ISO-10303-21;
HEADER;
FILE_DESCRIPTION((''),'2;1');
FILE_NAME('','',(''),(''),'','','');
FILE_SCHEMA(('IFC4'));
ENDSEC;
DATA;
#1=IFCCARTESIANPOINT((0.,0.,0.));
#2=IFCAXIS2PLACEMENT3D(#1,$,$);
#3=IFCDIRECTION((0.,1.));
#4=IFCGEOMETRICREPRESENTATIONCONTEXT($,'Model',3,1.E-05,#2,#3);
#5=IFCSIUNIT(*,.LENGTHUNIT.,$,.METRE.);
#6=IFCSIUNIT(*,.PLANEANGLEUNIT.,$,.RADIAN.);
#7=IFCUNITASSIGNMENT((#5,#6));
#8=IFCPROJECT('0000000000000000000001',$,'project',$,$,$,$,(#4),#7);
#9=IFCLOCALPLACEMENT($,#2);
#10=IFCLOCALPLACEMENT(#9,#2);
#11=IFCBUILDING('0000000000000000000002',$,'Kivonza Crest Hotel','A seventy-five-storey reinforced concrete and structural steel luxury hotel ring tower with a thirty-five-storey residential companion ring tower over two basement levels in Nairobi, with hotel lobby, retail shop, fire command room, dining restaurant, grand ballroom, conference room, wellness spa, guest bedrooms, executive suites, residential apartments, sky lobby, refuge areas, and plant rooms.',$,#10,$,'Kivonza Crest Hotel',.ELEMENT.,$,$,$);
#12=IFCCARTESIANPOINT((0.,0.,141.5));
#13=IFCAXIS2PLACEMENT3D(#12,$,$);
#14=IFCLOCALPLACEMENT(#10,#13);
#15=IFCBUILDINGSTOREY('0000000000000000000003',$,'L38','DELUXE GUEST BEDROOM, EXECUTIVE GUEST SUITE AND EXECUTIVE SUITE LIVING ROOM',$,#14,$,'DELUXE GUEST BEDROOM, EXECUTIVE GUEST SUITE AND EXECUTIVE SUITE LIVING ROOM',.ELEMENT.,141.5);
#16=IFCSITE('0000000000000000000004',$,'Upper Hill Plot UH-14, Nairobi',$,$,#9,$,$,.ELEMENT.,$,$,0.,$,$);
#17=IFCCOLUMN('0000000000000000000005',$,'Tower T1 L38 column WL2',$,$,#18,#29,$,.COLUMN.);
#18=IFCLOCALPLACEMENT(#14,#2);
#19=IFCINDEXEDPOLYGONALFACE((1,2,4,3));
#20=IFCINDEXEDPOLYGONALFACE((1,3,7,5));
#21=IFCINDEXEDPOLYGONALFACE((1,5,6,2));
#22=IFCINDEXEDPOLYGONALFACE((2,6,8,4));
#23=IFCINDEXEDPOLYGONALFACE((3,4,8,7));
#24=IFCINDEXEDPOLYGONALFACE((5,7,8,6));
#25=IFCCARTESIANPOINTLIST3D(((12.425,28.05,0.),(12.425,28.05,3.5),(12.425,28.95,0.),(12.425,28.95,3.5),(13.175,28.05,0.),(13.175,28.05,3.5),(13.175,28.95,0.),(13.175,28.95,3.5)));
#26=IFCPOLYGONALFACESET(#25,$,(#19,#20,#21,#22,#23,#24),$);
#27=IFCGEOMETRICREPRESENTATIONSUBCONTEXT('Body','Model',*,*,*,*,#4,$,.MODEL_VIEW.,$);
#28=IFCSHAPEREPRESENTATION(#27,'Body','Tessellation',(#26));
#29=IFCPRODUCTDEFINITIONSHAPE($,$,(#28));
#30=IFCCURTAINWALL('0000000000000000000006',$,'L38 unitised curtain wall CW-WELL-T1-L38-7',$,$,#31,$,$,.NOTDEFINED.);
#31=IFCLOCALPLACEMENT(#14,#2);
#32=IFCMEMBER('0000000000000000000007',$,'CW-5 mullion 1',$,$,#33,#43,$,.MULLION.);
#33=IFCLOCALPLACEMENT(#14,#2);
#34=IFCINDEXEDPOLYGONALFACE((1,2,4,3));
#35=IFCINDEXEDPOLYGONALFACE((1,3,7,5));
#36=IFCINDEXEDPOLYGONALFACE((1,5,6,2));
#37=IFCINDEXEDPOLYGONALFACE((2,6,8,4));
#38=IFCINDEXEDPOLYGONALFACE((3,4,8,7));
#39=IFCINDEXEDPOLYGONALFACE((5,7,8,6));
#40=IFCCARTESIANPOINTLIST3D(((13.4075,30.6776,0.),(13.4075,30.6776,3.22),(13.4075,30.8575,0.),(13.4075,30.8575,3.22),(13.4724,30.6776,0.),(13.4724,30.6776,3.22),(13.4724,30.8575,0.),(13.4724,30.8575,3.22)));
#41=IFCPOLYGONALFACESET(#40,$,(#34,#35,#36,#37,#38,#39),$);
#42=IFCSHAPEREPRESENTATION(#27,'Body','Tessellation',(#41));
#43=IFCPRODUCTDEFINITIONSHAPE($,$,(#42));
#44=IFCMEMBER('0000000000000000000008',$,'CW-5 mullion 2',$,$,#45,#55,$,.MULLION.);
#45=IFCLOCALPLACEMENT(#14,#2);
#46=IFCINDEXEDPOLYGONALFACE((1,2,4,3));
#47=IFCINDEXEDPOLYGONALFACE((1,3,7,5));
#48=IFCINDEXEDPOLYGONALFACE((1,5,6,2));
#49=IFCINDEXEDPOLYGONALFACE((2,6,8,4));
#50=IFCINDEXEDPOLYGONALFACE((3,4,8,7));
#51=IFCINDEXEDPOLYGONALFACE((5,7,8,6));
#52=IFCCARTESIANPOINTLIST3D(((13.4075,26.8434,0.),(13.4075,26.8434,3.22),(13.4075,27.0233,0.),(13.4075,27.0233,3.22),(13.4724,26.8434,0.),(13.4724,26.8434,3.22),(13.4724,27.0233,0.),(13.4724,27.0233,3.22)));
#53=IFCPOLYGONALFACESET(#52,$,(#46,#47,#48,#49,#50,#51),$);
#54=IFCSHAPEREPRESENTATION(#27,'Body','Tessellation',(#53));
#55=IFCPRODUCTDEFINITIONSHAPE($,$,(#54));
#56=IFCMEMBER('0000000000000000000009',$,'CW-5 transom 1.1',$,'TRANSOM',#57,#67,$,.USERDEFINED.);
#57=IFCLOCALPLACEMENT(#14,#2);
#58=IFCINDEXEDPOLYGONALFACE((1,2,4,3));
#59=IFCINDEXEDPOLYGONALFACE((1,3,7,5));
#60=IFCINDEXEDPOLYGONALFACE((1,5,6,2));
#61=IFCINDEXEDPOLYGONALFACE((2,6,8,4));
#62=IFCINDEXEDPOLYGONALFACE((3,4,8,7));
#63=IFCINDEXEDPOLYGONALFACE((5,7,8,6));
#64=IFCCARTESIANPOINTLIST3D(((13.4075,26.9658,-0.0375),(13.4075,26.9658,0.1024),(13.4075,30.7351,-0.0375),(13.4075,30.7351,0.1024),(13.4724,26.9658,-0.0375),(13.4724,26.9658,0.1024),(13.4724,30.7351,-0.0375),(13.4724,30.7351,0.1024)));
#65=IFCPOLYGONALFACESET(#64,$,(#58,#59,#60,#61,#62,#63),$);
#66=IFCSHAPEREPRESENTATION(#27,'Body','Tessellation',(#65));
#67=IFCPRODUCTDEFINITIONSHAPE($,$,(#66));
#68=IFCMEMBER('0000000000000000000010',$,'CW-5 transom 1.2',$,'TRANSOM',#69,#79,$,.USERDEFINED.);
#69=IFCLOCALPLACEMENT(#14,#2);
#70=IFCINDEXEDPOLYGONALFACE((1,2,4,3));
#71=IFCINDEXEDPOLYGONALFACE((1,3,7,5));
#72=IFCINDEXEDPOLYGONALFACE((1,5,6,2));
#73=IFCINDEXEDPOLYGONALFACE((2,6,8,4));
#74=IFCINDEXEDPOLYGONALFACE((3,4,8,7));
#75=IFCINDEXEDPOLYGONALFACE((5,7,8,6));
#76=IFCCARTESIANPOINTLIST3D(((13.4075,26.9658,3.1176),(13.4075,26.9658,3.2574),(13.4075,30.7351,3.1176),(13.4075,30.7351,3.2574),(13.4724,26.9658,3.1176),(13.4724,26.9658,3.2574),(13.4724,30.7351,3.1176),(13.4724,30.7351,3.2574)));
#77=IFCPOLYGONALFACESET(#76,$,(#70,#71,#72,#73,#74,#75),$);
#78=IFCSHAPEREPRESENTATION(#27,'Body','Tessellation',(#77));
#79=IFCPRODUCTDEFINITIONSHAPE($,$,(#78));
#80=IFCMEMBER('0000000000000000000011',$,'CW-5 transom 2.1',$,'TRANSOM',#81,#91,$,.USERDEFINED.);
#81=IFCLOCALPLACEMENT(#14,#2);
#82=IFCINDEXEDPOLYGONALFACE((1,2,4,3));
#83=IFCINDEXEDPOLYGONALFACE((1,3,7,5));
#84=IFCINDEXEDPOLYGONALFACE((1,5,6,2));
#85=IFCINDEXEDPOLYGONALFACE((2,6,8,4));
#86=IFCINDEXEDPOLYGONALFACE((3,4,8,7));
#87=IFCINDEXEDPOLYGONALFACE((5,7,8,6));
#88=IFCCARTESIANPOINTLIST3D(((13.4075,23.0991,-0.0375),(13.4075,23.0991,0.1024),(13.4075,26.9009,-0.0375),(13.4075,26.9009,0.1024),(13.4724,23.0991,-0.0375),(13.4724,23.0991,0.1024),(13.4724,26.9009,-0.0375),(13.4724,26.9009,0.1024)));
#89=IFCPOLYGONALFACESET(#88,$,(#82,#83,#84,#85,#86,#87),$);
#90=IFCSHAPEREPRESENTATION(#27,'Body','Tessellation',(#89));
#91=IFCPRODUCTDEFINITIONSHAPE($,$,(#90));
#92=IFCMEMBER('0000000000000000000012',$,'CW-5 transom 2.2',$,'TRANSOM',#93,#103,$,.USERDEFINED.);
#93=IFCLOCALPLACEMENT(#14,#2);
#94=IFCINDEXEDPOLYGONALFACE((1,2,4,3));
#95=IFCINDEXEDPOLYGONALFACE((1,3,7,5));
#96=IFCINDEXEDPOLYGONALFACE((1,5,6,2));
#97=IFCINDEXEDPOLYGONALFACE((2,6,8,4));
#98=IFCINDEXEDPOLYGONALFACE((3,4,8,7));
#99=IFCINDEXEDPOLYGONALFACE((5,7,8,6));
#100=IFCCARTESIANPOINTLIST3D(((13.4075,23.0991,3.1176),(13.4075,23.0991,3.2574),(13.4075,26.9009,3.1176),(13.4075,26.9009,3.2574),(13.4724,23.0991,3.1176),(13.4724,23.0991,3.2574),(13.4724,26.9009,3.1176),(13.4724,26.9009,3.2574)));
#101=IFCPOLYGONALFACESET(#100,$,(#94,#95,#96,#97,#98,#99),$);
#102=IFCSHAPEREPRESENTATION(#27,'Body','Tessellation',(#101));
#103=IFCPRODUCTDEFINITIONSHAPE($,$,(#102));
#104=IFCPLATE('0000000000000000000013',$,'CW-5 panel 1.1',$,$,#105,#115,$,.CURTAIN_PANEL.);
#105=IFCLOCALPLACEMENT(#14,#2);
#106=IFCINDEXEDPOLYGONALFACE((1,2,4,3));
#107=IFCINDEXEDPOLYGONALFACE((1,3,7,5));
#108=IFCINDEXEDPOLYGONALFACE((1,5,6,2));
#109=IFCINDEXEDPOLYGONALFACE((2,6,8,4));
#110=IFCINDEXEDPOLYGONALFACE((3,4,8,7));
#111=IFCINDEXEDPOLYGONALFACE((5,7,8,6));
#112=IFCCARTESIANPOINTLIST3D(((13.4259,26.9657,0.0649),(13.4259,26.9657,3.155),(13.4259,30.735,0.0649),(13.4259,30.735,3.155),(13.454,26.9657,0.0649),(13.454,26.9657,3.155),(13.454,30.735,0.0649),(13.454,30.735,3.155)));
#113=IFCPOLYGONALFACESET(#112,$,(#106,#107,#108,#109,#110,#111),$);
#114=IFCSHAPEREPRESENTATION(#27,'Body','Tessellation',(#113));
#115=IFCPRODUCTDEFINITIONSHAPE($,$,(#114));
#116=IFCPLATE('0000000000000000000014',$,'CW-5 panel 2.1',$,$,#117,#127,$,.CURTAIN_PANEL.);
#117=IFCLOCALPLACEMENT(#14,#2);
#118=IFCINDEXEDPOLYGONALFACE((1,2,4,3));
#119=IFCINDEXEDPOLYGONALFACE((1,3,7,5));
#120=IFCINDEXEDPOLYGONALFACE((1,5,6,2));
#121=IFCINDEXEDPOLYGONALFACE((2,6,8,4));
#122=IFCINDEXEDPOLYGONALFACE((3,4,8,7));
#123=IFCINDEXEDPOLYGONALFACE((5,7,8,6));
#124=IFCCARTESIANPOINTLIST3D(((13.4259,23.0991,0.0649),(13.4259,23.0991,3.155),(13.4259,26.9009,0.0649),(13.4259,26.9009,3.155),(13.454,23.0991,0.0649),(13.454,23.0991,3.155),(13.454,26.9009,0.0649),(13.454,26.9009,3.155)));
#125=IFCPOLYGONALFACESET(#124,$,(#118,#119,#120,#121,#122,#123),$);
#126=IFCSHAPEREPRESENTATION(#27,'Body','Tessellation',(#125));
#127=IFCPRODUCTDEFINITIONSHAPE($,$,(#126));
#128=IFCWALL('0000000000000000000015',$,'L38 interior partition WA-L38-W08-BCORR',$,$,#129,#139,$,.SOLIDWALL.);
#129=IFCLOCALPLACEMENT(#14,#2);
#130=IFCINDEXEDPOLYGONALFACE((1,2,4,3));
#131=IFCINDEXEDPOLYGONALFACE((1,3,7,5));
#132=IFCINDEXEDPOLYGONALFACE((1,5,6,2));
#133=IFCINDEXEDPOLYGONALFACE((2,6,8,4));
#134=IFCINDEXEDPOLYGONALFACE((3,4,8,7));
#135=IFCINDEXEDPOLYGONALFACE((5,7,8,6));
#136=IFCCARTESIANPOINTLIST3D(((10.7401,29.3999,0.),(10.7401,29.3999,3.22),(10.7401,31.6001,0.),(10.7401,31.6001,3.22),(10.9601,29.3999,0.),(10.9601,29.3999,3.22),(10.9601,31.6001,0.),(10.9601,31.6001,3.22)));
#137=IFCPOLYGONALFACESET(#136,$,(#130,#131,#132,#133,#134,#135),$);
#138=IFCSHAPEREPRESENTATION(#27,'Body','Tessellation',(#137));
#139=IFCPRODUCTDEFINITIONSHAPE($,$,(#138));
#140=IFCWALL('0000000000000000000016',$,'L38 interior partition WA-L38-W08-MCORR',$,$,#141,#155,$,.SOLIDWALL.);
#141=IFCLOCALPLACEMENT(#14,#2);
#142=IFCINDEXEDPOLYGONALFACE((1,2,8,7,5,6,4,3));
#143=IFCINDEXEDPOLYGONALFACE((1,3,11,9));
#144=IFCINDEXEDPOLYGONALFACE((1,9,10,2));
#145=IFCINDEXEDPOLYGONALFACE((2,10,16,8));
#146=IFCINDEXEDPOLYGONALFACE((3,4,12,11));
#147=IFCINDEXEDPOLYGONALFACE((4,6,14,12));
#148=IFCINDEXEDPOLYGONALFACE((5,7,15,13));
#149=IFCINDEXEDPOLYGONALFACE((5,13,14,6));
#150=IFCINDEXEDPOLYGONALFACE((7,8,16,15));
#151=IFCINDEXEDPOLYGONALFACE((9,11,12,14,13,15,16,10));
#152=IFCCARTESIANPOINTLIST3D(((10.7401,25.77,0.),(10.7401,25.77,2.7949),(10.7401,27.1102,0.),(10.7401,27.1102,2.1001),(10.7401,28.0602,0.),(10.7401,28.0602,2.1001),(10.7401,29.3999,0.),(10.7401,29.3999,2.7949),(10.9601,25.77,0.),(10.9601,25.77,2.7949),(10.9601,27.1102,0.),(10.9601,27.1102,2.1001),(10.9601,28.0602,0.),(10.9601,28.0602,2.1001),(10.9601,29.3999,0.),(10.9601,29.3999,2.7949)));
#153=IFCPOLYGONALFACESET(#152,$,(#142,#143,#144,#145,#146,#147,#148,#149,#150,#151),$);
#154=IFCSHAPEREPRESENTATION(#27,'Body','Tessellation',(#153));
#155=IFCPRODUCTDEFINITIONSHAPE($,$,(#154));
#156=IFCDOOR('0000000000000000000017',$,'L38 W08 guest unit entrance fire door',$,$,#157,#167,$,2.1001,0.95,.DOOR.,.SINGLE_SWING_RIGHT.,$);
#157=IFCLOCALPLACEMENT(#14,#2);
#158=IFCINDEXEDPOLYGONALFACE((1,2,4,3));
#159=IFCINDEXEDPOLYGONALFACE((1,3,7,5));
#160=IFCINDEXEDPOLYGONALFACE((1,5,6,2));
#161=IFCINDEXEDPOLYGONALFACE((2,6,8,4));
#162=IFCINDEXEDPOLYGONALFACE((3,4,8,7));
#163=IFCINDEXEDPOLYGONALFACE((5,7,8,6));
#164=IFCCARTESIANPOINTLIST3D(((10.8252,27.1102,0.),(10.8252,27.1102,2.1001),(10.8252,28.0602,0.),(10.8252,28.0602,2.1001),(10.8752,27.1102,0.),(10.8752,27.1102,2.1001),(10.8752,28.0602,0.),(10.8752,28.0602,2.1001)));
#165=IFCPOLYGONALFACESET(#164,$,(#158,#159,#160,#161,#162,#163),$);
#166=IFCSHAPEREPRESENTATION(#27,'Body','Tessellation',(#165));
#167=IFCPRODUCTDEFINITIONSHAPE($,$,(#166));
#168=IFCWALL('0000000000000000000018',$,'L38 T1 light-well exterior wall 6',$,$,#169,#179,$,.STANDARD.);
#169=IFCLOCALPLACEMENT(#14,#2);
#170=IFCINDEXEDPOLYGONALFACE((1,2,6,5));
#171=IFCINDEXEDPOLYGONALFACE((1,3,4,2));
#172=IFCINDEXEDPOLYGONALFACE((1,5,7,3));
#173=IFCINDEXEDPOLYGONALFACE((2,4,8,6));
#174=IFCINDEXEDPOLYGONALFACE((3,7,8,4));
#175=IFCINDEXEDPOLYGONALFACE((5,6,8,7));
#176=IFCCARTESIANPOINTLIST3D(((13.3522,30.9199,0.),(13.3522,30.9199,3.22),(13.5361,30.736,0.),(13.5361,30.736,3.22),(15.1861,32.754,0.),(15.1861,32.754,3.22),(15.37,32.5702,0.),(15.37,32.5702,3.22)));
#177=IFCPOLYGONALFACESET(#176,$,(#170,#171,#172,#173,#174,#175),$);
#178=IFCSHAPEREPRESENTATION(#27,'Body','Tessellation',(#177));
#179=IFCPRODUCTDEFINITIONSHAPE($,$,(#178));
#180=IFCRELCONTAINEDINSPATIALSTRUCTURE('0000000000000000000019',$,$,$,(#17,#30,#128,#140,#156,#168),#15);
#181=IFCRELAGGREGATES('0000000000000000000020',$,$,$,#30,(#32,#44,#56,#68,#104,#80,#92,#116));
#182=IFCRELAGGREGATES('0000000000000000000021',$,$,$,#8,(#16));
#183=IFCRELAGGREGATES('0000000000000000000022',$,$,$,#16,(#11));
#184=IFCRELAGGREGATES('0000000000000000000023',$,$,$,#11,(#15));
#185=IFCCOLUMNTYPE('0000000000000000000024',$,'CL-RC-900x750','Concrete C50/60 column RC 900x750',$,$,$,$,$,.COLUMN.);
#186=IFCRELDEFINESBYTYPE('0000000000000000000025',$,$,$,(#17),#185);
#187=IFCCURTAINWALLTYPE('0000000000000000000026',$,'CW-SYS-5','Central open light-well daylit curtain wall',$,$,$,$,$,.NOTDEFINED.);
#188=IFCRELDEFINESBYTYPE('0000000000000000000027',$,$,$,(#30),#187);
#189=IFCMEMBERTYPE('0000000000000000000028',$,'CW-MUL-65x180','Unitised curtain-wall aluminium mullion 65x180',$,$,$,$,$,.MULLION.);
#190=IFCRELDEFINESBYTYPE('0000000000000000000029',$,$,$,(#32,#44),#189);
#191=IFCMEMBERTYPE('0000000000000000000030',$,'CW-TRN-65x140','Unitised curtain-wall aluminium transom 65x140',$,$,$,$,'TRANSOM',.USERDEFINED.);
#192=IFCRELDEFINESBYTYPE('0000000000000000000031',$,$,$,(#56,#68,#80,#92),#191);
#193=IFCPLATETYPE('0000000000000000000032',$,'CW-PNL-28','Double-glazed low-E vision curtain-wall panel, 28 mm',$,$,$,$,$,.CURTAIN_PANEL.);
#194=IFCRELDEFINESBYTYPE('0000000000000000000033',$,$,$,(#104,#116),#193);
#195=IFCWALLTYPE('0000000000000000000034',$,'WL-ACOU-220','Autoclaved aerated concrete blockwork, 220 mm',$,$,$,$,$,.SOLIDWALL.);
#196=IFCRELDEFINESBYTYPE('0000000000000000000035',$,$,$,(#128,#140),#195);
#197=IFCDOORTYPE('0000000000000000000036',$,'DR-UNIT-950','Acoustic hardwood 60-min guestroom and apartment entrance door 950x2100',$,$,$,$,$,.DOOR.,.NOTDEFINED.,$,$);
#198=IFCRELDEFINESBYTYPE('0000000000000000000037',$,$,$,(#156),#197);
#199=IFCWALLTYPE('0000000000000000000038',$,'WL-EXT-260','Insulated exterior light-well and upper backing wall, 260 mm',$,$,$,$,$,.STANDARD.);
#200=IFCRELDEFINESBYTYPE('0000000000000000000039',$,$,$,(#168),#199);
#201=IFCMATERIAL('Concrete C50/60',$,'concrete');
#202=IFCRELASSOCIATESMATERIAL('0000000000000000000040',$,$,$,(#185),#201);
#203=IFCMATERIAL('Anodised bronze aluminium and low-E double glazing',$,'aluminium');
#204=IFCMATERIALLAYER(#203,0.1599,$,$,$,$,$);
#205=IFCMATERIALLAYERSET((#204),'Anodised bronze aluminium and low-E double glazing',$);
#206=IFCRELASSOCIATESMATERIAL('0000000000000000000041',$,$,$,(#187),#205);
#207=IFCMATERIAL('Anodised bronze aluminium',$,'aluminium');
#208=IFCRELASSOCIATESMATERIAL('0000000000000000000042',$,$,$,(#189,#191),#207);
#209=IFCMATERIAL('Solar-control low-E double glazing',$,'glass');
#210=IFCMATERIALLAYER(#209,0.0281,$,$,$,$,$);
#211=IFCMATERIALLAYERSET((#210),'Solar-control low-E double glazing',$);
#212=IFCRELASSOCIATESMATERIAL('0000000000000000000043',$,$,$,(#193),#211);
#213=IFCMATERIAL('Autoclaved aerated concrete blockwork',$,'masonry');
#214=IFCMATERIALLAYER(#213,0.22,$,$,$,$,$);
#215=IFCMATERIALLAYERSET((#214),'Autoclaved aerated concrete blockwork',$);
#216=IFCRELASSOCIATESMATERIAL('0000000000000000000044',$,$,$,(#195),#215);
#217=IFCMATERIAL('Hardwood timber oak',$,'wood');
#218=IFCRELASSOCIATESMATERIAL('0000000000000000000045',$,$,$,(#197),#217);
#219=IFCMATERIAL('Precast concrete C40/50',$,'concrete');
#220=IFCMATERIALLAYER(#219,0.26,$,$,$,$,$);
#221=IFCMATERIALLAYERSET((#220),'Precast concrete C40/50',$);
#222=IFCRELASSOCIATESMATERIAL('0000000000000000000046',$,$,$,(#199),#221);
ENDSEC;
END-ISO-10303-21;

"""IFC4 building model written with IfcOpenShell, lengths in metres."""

from ifc_helpers import new_model, si_unit, direction, frame, frame_2d, origin, origin_2d, place, context, subcontext, project, spatial, rectangle, extrude, material, layer, layer_set, material_profile, profile_set, type_object, element, fill, aggregate, save


model = new_model("IFC4")

# Units and contexts
model_context = context("Model", 3, precision=1e-05, world=origin(), true_north=direction((0.0, 1.0)))
body_context = subcontext(model_context, "Body", "Model", "MODEL_VIEW")
ifc_project = project(units=[si_unit("LENGTHUNIT", "METRE"), si_unit("PLANEANGLEUNIT", "RADIAN")], contexts=[model_context])

# Site, building, storey
site_placement = place(None, origin())
site = spatial("IfcSite", under=ifc_project, at=site_placement, Name="Upper Hill Plot UH-14, Nairobi", CompositionType="ELEMENT", RefElevation=0.0)
building_placement = place(site_placement, origin())
building = spatial("IfcBuilding", under=site, at=building_placement, Name="Kivonza Crest Hotel", Description="A seventy-five-storey reinforced concrete and structural steel luxury hotel ring tower with a thirty-five-storey residential companion ring tower over two basement levels in Nairobi, with hotel lobby, retail shop, fire command room, dining restaurant, grand ballroom, conference room, wellness spa, guest bedrooms, executive suites, residential apartments, sky lobby, refuge areas, and plant rooms.", LongName="Kivonza Crest Hotel", CompositionType="ELEMENT")
storey_placement = place(building_placement, frame((0.0, 0.0, 141.5)))
storey = spatial("IfcBuildingStorey", under=building, at=storey_placement, Name="L38", Description="DELUXE GUEST BEDROOM, EXECUTIVE GUEST SUITE AND EXECUTIVE SUITE LIVING ROOM", LongName="DELUXE GUEST BEDROOM, EXECUTIVE GUEST SUITE AND EXECUTIVE SUITE LIVING ROOM", CompositionType="ELEMENT", Elevation=141.5)

# Column
ifc_material_1 = material(Name="Concrete C50/60", Category="concrete")
ifc_material_profile_1 = material_profile(ifc_material_1, rectangle(XDim=0.75, YDim=0.8999, at=origin_2d()), Name="RC 900x750")
ifc_profile_set_1 = profile_set([ifc_material_profile_1], Name="Concrete C50/60")
column_type = type_object("IfcColumnType", Name="CL-RC-900x750", Description="Concrete C50/60 column RC 900x750", PredefinedType="COLUMN", material=ifc_profile_set_1)
column_placement = place(storey_placement, frame((12.8, 28.5, 0.0), z_axis=(0.0, 0.0, 1.0), x_axis=(1.0, 0.0, 0.0)))
element("IfcColumn", 1, at=column_placement, inside=storey, type_object=column_type, Name="Tower T1 L38 column WL2", PredefinedType="COLUMN", context=body_context, shape_type="SweptSolid", body=[
    extrude(rectangle(XDim=0.75, YDim=0.8999, at=origin_2d()), origin(), (0.0, 0.0, 1.0), 3.5),
])

# Curtain wall, members, plates
ifc_material_2 = material(Name="Anodised bronze aluminium and low-E double glazing", Category="aluminium")
ifc_layer_1 = layer(ifc_material_2, 0.1599)
ifc_layer_set_1 = layer_set([ifc_layer_1], Name="Anodised bronze aluminium and low-E double glazing")
curtain_wall_type = type_object("IfcCurtainWallType", Name="CW-SYS-5", Description="Central open light-well daylit curtain wall", PredefinedType="NOTDEFINED", material=ifc_layer_set_1)
curtain_wall_placement = place(storey_placement, origin())
curtain_wall = element("IfcCurtainWall", 2, at=curtain_wall_placement, inside=storey, type_object=curtain_wall_type, Name="L38 unitised curtain wall CW-WELL-T1-L38-7", PredefinedType="NOTDEFINED")
ifc_material_3 = material(Name="Anodised bronze aluminium", Category="aluminium")
ifc_material_profile_2 = material_profile(ifc_material_3, rectangle(XDim=0.0649, YDim=0.1799, at=origin_2d()), Name="CW-M 65x180")
ifc_profile_set_2 = profile_set([ifc_material_profile_2], Name="Anodised bronze aluminium")
member_type_1 = type_object("IfcMemberType", Name="CW-MUL-65x180", Description="Unitised curtain-wall aluminium mullion 65x180", PredefinedType="MULLION", material=ifc_profile_set_2)
member_1_placement = place(storey_placement, frame((13.4399, 30.7676, 0.0), z_axis=(0.0, 0.0, 1.0), x_axis=(1.0, 0.0, 0.0)))
member_1 = element("IfcMember", 3, at=member_1_placement, type_object=member_type_1, Name="CW-5 mullion 1", PredefinedType="MULLION", context=body_context, shape_type="SweptSolid", body=[
    extrude(rectangle(XDim=0.0649, YDim=0.1799, at=origin_2d()), origin(), (0.0, 0.0, 1.0), 3.22),
])
member_2_placement = place(storey_placement, frame((13.4399, 26.9333, 0.0), z_axis=(0.0, 0.0, 1.0), x_axis=(1.0, 0.0, 0.0)))
member_2 = element("IfcMember", 4, at=member_2_placement, type_object=member_type_1, Name="CW-5 mullion 2", PredefinedType="MULLION", context=body_context, shape_type="SweptSolid", body=[
    extrude(rectangle(XDim=0.0649, YDim=0.1799, at=origin_2d()), origin(), (0.0, 0.0, 1.0), 3.22),
])
ifc_material_profile_3 = material_profile(ifc_material_3, rectangle(XDim=0.0649, YDim=0.1399, at=origin_2d()), Name="CW-T 65x140")
ifc_profile_set_3 = profile_set([ifc_material_profile_3], Name="Anodised bronze aluminium")
member_type_2 = type_object("IfcMemberType", Name="CW-TRN-65x140", Description="Unitised curtain-wall aluminium transom 65x140", ElementType="TRANSOM", PredefinedType="USERDEFINED", material=ifc_profile_set_3)
member_3_placement = place(storey_placement, frame((13.4399, 30.7351, 0.0325), z_axis=(0.0, -1.0, 0.0), x_axis=(1.0, 0.0, 0.0)))
member_3 = element("IfcMember", 5, at=member_3_placement, type_object=member_type_2, Name="CW-5 transom 1.1", ObjectType="TRANSOM", PredefinedType="USERDEFINED", context=body_context, shape_type="SweptSolid", body=[
    extrude(rectangle(XDim=0.0649, YDim=0.1399, at=origin_2d()), origin(), (0.0, 0.0, 1.0), 3.7693),
])
member_4_placement = place(storey_placement, frame((13.4399, 30.7351, 3.1875), z_axis=(0.0, -1.0, 0.0), x_axis=(1.0, 0.0, 0.0)))
member_4 = element("IfcMember", 6, at=member_4_placement, type_object=member_type_2, Name="CW-5 transom 1.2", ObjectType="TRANSOM", PredefinedType="USERDEFINED", context=body_context, shape_type="SweptSolid", body=[
    extrude(rectangle(XDim=0.0649, YDim=0.1399, at=origin_2d()), origin(), (0.0, 0.0, 1.0), 3.7693),
])
member_5_placement = place(storey_placement, frame((13.4399, 26.9009, 0.0325), z_axis=(0.0, -1.0, 0.0), x_axis=(1.0, 0.0, 0.0)))
member_5 = element("IfcMember", 7, at=member_5_placement, type_object=member_type_2, Name="CW-5 transom 2.1", ObjectType="TRANSOM", PredefinedType="USERDEFINED", context=body_context, shape_type="SweptSolid", body=[
    extrude(rectangle(XDim=0.0649, YDim=0.1399, at=origin_2d()), origin(), (0.0, 0.0, 1.0), 3.8018),
])
member_6_placement = place(storey_placement, frame((13.4399, 26.9009, 3.1875), z_axis=(0.0, -1.0, 0.0), x_axis=(1.0, 0.0, 0.0)))
member_6 = element("IfcMember", 8, at=member_6_placement, type_object=member_type_2, Name="CW-5 transom 2.2", ObjectType="TRANSOM", PredefinedType="USERDEFINED", context=body_context, shape_type="SweptSolid", body=[
    extrude(rectangle(XDim=0.0649, YDim=0.1399, at=origin_2d()), origin(), (0.0, 0.0, 1.0), 3.8018),
])
ifc_material_4 = material(Name="Solar-control low-E double glazing", Category="glass")
ifc_layer_2 = layer(ifc_material_4, 0.0281)
ifc_layer_set_2 = layer_set([ifc_layer_2], Name="Solar-control low-E double glazing")
plate_type = type_object("IfcPlateType", Name="CW-PNL-28", Description="Double-glazed low-E vision curtain-wall panel, 28 mm", PredefinedType="CURTAIN_PANEL", material=ifc_layer_set_2)
plate_1_placement = place(storey_placement, frame((13.4399, 28.8503, 0.0649), z_axis=(0.0, 0.0, 1.0), x_axis=(0.0, -1.0, 0.0)))
plate_1 = element("IfcPlate", 9, at=plate_1_placement, type_object=plate_type, Name="CW-5 panel 1.1", PredefinedType="CURTAIN_PANEL", context=body_context, shape_type="SweptSolid", body=[
    extrude(rectangle(XDim=3.7693, YDim=0.0281, at=origin_2d()), origin(), (0.0, 0.0, 1.0), 3.0901),
])
plate_2_placement = place(storey_placement, frame((13.4399, 25.0, 0.0649), z_axis=(0.0, 0.0, 1.0), x_axis=(0.0, -1.0, 0.0)))
plate_2 = element("IfcPlate", 10, at=plate_2_placement, type_object=plate_type, Name="CW-5 panel 2.1", PredefinedType="CURTAIN_PANEL", context=body_context, shape_type="SweptSolid", body=[
    extrude(rectangle(XDim=3.8018, YDim=0.0281, at=origin_2d()), origin(), (0.0, 0.0, 1.0), 3.0901),
])
aggregate(curtain_wall, [member_1, member_2, member_3, member_4, plate_1, member_5, member_6, plate_2])

# Wall
ifc_material_5 = material(Name="Autoclaved aerated concrete blockwork", Category="masonry")
ifc_layer_3 = layer(ifc_material_5, 0.22)
ifc_layer_set_3 = layer_set([ifc_layer_3], Name="Autoclaved aerated concrete blockwork")
wall_type_1 = type_object("IfcWallType", Name="WL-ACOU-220", Description="Autoclaved aerated concrete blockwork, 220 mm", PredefinedType="SOLIDWALL", material=ifc_layer_set_3)
wall_1_placement = place(storey_placement, frame((10.8501, 29.3999, 0.0), z_axis=(0.0, 0.0, 1.0), x_axis=(0.0, 1.0, 0.0)))
element("IfcWall", 11, at=wall_1_placement, inside=storey, type_object=wall_type_1, Name="L38 interior partition WA-L38-W08-BCORR", PredefinedType="SOLIDWALL", context=body_context, shape_type="SweptSolid", body=[
    extrude(rectangle(XDim=2.2002, YDim=0.22, at=frame_2d((1.1001, 0.0))), origin(), (0.0, 0.0, 1.0), 3.22),
])

# Wall, opening, door
wall_2_placement = place(storey_placement, frame((10.8501, 25.77, 0.0), z_axis=(0.0, 0.0, 1.0), x_axis=(0.0, 1.0, 0.0)))
wall_2 = element("IfcWall", 12, at=wall_2_placement, inside=storey, type_object=wall_type_1, Name="L38 interior partition WA-L38-W08-MCORR", PredefinedType="SOLIDWALL", context=body_context, shape_type="SweptSolid", body=[
    extrude(rectangle(XDim=3.6299, YDim=0.22, at=frame_2d((1.8149, 0.0))), origin(), (0.0, 0.0, 1.0), 2.7949),
])
opening_1_placement = place(wall_2_placement, frame((1.3401, 0.0, 0.0)))
opening_1 = element("IfcOpeningElement", 13, at=opening_1_placement, cuts=wall_2, PredefinedType="OPENING", context=body_context, shape_type="SweptSolid", body=[
    extrude(rectangle(XDim=0.95, YDim=2.1001, at=frame_2d((0.4751, 1.05))), frame((0.0, 0.1201, 0.0), z_axis=(0.0, -1.0, 0.0), x_axis=(1.0, 0.0, 0.0)), (0.0, 0.0, 1.0), 0.24),
])
ifc_material_6 = material(Name="Hardwood timber oak", Category="wood")
door_type_1 = type_object("IfcDoorType", Name="DR-UNIT-950", Description="Acoustic hardwood 60-min guestroom and apartment entrance door 950x2100", OperationType="NOTDEFINED", PredefinedType="DOOR", material=ifc_material_6)
door_1_placement = place(opening_1_placement, origin())
door_1 = element("IfcDoor", 14, at=door_1_placement, inside=storey, type_object=door_type_1, Name="L38 W08 guest unit entrance fire door", OperationType="SINGLE_SWING_RIGHT", OverallHeight=2.1001, OverallWidth=0.95, PredefinedType="DOOR", context=body_context, shape_type="SweptSolid", body=[
    extrude(rectangle(XDim=0.95, YDim=2.1001, at=frame_2d((0.4751, 1.05))), frame((0.0, 0.0249, 0.0), z_axis=(0.0, -1.0, 0.0), x_axis=(1.0, 0.0, 0.0)), (0.0, 0.0, 1.0), 0.05),
])
fill(opening_1, door_1)

# Wall
ifc_material_7 = material(Name="Precast concrete C40/50", Category="concrete")
ifc_layer_4 = layer(ifc_material_7, 0.26)
ifc_layer_set_4 = layer_set([ifc_layer_4], Name="Precast concrete C40/50")
wall_type_2 = type_object("IfcWallType", Name="WL-EXT-260", Description="Insulated exterior light-well and upper backing wall, 260 mm", PredefinedType="STANDARD", material=ifc_layer_set_4)
wall_3_placement = place(storey_placement, frame((15.2781, 32.6621, 0.0), z_axis=(0.0, 0.0, 1.0), x_axis=(-0.70706, -0.707154, 0.0)))
element("IfcWall", 15, at=wall_3_placement, inside=storey, type_object=wall_type_2, Name="L38 T1 light-well exterior wall 6", PredefinedType="STANDARD", context=body_context, shape_type="SweptSolid", body=[
    extrude(rectangle(XDim=2.5938, YDim=0.26, at=frame_2d((1.2969, 0.0))), origin(), (0.0, 0.0, 1.0), 3.22),
])

save(model, "model.ifc")
